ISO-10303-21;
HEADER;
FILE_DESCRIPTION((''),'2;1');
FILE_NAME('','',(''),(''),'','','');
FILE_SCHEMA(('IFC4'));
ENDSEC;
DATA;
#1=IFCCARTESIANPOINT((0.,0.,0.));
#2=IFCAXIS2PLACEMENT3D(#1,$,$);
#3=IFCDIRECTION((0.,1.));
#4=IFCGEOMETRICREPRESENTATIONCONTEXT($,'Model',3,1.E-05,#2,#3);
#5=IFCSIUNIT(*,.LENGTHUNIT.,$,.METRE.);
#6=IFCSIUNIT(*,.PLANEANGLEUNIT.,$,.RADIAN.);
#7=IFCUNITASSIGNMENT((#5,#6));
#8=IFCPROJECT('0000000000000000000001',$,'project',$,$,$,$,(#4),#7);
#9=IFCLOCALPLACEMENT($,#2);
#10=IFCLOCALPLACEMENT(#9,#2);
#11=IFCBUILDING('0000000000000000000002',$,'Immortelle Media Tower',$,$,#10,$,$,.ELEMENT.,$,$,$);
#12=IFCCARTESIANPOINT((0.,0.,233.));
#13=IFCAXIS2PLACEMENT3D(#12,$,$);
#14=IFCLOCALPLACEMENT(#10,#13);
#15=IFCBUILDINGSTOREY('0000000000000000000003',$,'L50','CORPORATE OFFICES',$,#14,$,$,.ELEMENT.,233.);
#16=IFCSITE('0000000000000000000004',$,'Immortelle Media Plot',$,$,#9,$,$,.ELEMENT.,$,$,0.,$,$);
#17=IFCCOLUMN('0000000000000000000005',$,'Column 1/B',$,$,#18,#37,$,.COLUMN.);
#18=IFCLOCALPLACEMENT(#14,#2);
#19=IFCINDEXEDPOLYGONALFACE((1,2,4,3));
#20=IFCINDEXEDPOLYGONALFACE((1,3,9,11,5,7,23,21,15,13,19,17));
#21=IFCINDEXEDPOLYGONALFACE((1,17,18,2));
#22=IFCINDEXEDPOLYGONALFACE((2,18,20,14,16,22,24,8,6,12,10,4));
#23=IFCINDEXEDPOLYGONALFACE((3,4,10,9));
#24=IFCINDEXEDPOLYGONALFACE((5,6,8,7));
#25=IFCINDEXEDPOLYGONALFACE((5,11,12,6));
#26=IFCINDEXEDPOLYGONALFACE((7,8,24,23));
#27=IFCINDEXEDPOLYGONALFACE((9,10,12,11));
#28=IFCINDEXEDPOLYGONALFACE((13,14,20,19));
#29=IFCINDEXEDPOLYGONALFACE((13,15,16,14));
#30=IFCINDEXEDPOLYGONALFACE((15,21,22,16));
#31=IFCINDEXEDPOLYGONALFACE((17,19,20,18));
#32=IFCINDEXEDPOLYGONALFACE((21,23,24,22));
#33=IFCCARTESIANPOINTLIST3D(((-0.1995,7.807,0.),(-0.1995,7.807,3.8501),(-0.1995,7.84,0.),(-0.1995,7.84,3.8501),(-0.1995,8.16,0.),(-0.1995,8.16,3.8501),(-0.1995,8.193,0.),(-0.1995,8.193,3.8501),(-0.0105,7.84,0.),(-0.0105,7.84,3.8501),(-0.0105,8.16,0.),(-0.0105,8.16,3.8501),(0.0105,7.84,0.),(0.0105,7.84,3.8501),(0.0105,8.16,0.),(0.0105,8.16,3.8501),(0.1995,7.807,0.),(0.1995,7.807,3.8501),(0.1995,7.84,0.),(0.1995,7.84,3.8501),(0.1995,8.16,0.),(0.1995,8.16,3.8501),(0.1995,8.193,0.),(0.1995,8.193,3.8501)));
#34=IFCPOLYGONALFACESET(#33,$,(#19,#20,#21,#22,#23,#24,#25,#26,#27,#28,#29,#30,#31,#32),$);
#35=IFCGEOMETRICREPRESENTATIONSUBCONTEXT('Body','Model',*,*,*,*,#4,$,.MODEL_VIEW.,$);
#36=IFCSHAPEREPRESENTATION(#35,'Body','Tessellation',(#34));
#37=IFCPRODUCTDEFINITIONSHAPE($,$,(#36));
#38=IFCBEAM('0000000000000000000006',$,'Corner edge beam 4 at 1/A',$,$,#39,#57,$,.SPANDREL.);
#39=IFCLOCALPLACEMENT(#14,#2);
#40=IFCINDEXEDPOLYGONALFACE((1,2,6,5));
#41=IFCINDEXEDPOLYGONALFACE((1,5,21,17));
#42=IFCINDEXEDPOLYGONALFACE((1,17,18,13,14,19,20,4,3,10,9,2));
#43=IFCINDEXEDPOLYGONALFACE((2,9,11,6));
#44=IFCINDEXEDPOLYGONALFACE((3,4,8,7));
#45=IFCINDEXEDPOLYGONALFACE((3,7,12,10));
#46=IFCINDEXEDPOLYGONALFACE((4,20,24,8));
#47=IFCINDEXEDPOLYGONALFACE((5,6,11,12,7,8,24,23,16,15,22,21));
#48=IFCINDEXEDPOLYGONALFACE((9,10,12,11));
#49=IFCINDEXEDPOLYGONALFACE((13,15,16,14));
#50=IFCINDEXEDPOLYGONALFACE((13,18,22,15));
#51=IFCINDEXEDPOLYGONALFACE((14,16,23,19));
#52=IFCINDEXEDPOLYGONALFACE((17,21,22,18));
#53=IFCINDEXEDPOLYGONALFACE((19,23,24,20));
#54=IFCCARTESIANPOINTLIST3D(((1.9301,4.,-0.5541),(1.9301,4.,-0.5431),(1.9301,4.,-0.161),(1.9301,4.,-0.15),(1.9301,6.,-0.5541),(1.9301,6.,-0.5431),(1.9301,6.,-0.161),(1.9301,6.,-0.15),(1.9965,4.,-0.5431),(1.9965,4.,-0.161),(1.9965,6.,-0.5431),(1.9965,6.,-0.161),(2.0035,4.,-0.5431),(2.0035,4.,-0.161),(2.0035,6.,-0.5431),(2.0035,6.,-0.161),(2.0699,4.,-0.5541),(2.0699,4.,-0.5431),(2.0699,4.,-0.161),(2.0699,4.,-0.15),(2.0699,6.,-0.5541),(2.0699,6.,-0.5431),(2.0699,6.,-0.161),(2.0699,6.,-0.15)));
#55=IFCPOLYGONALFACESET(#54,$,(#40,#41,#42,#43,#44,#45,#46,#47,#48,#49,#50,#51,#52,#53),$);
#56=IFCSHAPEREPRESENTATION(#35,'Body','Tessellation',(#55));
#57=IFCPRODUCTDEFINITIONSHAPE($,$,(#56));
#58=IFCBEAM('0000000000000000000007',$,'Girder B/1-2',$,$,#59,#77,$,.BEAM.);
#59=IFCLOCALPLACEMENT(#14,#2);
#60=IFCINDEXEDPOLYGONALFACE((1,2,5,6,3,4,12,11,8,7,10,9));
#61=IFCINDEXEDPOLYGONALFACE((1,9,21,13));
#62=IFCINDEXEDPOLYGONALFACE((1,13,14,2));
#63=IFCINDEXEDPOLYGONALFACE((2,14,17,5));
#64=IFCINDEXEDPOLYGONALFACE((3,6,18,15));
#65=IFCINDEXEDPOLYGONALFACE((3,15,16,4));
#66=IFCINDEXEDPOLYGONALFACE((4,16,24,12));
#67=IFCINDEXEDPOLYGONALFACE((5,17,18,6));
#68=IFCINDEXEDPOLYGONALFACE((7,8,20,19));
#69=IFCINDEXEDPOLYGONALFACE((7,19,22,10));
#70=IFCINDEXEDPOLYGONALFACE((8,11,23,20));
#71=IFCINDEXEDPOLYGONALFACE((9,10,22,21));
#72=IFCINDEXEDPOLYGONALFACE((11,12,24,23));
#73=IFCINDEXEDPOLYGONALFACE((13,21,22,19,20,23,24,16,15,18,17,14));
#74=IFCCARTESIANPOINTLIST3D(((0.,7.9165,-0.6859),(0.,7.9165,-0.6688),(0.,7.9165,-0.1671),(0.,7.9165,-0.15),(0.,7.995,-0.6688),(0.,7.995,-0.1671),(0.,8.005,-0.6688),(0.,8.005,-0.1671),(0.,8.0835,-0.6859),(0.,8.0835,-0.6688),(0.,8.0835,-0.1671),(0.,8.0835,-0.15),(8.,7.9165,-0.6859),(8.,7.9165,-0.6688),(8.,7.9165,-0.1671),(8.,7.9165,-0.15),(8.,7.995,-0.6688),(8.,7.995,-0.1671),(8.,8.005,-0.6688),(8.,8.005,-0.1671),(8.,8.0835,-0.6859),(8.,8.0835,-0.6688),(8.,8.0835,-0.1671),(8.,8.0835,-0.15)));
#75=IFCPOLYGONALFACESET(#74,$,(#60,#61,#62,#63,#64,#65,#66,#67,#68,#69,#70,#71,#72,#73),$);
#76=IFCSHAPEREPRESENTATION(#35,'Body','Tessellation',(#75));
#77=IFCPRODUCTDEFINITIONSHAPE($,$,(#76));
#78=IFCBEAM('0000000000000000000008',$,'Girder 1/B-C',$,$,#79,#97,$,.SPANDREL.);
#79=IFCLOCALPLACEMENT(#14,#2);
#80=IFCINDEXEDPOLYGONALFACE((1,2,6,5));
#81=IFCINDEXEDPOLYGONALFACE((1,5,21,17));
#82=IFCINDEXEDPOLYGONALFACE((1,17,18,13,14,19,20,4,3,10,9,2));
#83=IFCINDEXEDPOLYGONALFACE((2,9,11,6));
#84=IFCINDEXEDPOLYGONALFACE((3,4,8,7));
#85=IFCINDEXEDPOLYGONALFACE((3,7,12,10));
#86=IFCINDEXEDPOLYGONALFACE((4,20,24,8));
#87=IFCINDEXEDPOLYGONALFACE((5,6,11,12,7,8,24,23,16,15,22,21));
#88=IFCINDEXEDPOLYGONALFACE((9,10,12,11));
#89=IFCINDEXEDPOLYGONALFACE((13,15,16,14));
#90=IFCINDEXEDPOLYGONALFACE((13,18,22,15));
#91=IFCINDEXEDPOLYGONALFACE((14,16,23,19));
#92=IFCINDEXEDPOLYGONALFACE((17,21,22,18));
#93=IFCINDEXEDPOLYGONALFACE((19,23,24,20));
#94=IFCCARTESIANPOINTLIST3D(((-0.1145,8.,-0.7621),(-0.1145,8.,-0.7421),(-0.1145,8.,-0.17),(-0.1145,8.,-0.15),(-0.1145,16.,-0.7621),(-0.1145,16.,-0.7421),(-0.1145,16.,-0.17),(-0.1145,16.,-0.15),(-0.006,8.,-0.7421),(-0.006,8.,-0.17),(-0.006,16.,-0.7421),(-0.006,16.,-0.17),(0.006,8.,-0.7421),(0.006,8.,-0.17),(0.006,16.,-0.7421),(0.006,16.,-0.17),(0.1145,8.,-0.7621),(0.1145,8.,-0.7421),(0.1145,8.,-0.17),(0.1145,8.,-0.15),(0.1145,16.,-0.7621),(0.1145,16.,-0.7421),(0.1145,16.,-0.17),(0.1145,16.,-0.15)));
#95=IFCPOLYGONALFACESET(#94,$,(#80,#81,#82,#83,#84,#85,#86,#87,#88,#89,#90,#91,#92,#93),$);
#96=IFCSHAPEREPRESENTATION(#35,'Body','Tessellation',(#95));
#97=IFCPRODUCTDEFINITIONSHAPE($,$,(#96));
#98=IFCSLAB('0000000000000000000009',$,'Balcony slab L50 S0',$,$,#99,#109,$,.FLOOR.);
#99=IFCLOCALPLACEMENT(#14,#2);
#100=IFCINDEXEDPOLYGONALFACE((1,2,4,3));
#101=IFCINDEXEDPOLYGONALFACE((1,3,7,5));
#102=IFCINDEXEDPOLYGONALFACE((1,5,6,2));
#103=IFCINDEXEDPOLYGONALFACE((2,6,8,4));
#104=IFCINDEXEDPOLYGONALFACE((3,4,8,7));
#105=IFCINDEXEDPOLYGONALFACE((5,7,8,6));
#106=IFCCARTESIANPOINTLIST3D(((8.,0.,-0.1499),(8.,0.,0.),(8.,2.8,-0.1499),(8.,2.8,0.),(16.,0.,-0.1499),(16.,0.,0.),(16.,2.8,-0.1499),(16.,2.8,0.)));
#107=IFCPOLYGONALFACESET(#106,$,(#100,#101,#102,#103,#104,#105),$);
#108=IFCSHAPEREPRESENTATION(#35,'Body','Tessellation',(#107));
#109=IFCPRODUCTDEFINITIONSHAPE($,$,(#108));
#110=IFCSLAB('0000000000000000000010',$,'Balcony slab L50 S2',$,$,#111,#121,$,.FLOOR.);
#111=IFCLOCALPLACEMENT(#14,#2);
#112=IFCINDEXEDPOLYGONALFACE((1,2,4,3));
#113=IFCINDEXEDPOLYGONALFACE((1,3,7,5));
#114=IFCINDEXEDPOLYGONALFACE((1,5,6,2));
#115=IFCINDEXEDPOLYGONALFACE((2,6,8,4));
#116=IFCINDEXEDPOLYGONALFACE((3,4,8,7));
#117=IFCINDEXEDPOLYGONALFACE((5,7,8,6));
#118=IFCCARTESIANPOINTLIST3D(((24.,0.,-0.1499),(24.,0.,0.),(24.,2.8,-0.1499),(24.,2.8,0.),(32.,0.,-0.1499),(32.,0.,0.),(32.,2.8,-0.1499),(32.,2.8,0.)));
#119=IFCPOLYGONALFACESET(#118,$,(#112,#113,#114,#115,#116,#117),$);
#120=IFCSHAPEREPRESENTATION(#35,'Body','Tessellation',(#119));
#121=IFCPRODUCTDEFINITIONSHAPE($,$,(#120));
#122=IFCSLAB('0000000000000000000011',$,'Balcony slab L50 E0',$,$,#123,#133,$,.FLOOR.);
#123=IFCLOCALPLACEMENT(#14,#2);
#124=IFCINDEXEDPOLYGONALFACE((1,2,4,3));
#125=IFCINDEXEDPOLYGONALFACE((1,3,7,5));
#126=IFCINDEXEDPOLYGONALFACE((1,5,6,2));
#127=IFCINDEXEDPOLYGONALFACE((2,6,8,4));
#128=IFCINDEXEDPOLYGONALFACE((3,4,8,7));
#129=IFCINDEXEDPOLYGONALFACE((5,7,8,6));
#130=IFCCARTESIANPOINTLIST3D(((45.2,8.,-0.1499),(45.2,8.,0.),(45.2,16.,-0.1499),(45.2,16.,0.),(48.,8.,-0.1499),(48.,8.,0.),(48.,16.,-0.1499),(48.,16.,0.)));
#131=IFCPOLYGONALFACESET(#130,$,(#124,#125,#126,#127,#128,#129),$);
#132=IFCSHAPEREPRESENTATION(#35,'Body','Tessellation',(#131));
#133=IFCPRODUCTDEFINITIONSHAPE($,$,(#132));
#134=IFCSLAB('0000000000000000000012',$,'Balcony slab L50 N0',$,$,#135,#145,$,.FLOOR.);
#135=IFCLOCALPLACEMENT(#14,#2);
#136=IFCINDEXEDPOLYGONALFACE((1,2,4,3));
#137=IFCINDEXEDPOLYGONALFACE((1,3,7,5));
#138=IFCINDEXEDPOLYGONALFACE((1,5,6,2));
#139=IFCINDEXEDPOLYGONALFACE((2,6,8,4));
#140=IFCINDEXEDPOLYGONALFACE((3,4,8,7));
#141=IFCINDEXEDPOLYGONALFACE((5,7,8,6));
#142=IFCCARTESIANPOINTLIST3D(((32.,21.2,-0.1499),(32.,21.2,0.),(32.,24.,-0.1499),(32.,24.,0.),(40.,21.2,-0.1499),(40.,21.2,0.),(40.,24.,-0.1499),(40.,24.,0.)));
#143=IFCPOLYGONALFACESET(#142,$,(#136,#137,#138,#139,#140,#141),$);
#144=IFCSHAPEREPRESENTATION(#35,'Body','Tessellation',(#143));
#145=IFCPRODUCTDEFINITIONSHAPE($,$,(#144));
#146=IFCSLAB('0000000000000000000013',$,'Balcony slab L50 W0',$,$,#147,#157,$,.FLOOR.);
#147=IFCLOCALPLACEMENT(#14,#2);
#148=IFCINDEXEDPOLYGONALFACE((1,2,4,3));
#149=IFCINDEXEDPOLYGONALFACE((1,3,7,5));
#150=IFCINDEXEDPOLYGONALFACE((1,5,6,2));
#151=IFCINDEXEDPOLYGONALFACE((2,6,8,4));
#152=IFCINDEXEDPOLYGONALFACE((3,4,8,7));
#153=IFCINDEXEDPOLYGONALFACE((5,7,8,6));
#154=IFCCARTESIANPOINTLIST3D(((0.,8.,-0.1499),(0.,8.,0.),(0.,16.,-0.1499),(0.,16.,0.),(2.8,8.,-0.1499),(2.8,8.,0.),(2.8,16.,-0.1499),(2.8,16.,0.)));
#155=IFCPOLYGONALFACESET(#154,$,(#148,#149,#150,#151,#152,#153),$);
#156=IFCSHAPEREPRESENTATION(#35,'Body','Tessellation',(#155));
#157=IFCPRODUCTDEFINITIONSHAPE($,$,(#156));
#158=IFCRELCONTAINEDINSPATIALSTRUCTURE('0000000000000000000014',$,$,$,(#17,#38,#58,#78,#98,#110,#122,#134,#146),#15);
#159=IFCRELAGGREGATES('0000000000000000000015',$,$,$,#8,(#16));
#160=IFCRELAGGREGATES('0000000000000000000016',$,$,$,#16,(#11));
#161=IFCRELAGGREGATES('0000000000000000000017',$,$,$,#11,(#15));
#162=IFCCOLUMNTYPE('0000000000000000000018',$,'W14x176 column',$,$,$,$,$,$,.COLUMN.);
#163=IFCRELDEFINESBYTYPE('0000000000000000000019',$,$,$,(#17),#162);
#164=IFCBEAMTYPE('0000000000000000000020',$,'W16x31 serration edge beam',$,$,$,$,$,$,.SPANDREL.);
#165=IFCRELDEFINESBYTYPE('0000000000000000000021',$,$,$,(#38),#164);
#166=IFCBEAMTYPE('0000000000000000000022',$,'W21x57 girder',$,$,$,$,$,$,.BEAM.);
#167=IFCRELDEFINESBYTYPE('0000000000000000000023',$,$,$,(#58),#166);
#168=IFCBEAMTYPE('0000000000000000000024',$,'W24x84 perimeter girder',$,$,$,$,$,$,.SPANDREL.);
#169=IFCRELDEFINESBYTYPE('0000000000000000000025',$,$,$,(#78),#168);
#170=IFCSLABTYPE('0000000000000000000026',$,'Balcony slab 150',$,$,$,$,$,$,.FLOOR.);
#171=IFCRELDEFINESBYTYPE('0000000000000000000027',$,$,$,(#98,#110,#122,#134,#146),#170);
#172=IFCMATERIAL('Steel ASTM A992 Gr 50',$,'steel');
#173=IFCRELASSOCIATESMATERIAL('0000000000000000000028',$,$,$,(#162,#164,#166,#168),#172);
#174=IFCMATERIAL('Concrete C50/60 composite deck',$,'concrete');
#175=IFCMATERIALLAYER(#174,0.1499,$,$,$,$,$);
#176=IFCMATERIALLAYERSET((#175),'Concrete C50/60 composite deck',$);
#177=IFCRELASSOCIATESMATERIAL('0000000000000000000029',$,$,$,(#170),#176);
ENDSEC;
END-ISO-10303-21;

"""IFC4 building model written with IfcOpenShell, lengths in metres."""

from ifc_helpers import new_model, si_unit, direction, frame, origin, origin_2d, place, context, subcontext, project, spatial, polyline, i_section, outline, extrude, material, layer, layer_set, material_profile, profile_set, type_object, element, save


model = new_model("IFC4")

# Units and contexts
model_context = context("Model", 3, precision=1e-05, world=origin(), true_north=direction((0.0, 1.0)))
body_context = subcontext(model_context, "Body", "Model", "MODEL_VIEW")
ifc_project = project(units=[si_unit("LENGTHUNIT", "METRE"), si_unit("PLANEANGLEUNIT", "RADIAN")], contexts=[model_context])

# Site, building, storey
site_placement = place(None, origin())
site = spatial("IfcSite", under=ifc_project, at=site_placement, Name="Immortelle Media Plot", CompositionType="ELEMENT", RefElevation=0.0)
building_placement = place(site_placement, origin())
building = spatial("IfcBuilding", under=site, at=building_placement, Name="Immortelle Media Tower", CompositionType="ELEMENT")
storey_placement = place(building_placement, frame((0.0, 0.0, 233.0)))
storey = spatial("IfcBuildingStorey", under=building, at=storey_placement, Name="L50", Description="CORPORATE OFFICES", CompositionType="ELEMENT", Elevation=233.0)

# Column
ifc_material_1 = material(Name="Steel ASTM A992 Gr 50", Category="steel")
ifc_material_profile_1 = material_profile(ifc_material_1, i_section(OverallWidth=0.3989, OverallDepth=0.386, WebThickness=0.021, FlangeThickness=0.033, at=origin_2d()), Name="W14x176")
ifc_profile_set_1 = profile_set([ifc_material_profile_1], Name="Steel ASTM A992 Gr 50")
column_type = type_object("IfcColumnType", Name="W14x176 column", PredefinedType="COLUMN", material=ifc_profile_set_1)
column_placement = place(storey_placement, frame((0.0, 8.0, 0.0), z_axis=(0.0, 0.0, 1.0), x_axis=(1.0, 0.0, 0.0)))
element("IfcColumn", 1, at=column_placement, inside=storey, type_object=column_type, Name="Column 1/B", PredefinedType="COLUMN", context=body_context, shape_type="SweptSolid", body=[
    extrude(i_section(OverallWidth=0.3989, OverallDepth=0.386, WebThickness=0.021, FlangeThickness=0.033, at=origin_2d()), origin(), (0.0, 0.0, 1.0), 3.8501),
])

# Beams
ifc_material_profile_2 = material_profile(ifc_material_1, i_section(OverallWidth=0.1399, OverallDepth=0.4041, WebThickness=0.0071, FlangeThickness=0.011, at=origin_2d()), Name="W16x31")
ifc_profile_set_2 = profile_set([ifc_material_profile_2], Name="Steel ASTM A992 Gr 50")
beam_type_1 = type_object("IfcBeamType", Name="W16x31 serration edge beam", PredefinedType="SPANDREL", material=ifc_profile_set_2)
beam_1_placement = place(storey_placement, frame((2.0, 4.0, -0.3521), z_axis=(0.0, 1.0, 0.0), x_axis=(-1.0, 0.0, 0.0)))
element("IfcBeam", 2, at=beam_1_placement, inside=storey, type_object=beam_type_1, Name="Corner edge beam 4 at 1/A", PredefinedType="SPANDREL", context=body_context, shape_type="SweptSolid", body=[
    extrude(i_section(OverallWidth=0.1399, OverallDepth=0.4041, WebThickness=0.0071, FlangeThickness=0.011, at=origin_2d()), origin(), (0.0, 0.0, 1.0), 2.0),
])
ifc_material_profile_3 = material_profile(ifc_material_1, i_section(OverallWidth=0.167, OverallDepth=0.5359, WebThickness=0.01, FlangeThickness=0.0171, at=origin_2d()), Name="W21x57")
ifc_profile_set_3 = profile_set([ifc_material_profile_3], Name="Steel ASTM A992 Gr 50")
beam_type_2 = type_object("IfcBeamType", Name="W21x57 girder", PredefinedType="BEAM", material=ifc_profile_set_3)
beam_2_placement = place(storey_placement, frame((0.0, 8.0, -0.418), z_axis=(1.0, 0.0, 0.0), x_axis=(0.0, 1.0, 0.0)))
element("IfcBeam", 3, at=beam_2_placement, inside=storey, type_object=beam_type_2, Name="Girder B/1-2", PredefinedType="BEAM", context=body_context, shape_type="SweptSolid", body=[
    extrude(i_section(OverallWidth=0.167, OverallDepth=0.5359, WebThickness=0.01, FlangeThickness=0.0171, at=origin_2d()), origin(), (0.0, 0.0, 1.0), 8.0),
])
ifc_material_profile_4 = material_profile(ifc_material_1, i_section(OverallWidth=0.229, OverallDepth=0.6121, WebThickness=0.012, FlangeThickness=0.02, at=origin_2d()), Name="W24x84")
ifc_profile_set_4 = profile_set([ifc_material_profile_4], Name="Steel ASTM A992 Gr 50")
beam_type_3 = type_object("IfcBeamType", Name="W24x84 perimeter girder", PredefinedType="SPANDREL", material=ifc_profile_set_4)
beam_3_placement = place(storey_placement, frame((0.0, 8.0, -0.4561), z_axis=(0.0, 1.0, 0.0), x_axis=(-1.0, 0.0, 0.0)))
element("IfcBeam", 4, at=beam_3_placement, inside=storey, type_object=beam_type_3, Name="Girder 1/B-C", PredefinedType="SPANDREL", context=body_context, shape_type="SweptSolid", body=[
    extrude(i_section(OverallWidth=0.229, OverallDepth=0.6121, WebThickness=0.012, FlangeThickness=0.02, at=origin_2d()), origin(), (0.0, 0.0, 1.0), 8.0),
])

# Slabs
ifc_material_2 = material(Name="Concrete C50/60 composite deck", Category="concrete")
ifc_layer_1 = layer(ifc_material_2, 0.1499)
ifc_layer_set_1 = layer_set([ifc_layer_1], Name="Concrete C50/60 composite deck")
slab_type_1 = type_object("IfcSlabType", Name="Balcony slab 150", PredefinedType="FLOOR", material=ifc_layer_set_1)
slab_1_placement = place(storey_placement, frame((0.0, 0.0, -0.1499)))
element("IfcSlab", 5, at=slab_1_placement, inside=storey, type_object=slab_type_1, Name="Balcony slab L50 S0", PredefinedType="FLOOR", context=body_context, shape_type="SweptSolid", body=[
    extrude(outline(polyline([(16.0, 0.0), (16.0, 2.8), (8.0, 2.8), (8.0, 0.0), (16.0, 0.0)])), origin(), (0.0, 0.0, 1.0), 0.1499),
])
slab_2_placement = place(storey_placement, frame((0.0, 0.0, -0.1499)))
element("IfcSlab", 6, at=slab_2_placement, inside=storey, type_object=slab_type_1, Name="Balcony slab L50 S2", PredefinedType="FLOOR", context=body_context, shape_type="SweptSolid", body=[
    extrude(outline(polyline([(32.0, 0.0), (32.0, 2.8), (24.0, 2.8), (24.0, 0.0), (32.0, 0.0)])), origin(), (0.0, 0.0, 1.0), 0.1499),
])
slab_3_placement = place(storey_placement, frame((0.0, 0.0, -0.1499)))
element("IfcSlab", 7, at=slab_3_placement, inside=storey, type_object=slab_type_1, Name="Balcony slab L50 E0", PredefinedType="FLOOR", context=body_context, shape_type="SweptSolid", body=[
    extrude(outline(polyline([(48.0, 8.0), (48.0, 16.0), (45.2, 16.0), (45.2, 8.0), (48.0, 8.0)])), origin(), (0.0, 0.0, 1.0), 0.1499),
])
slab_4_placement = place(storey_placement, frame((0.0, 0.0, -0.1499)))
element("IfcSlab", 8, at=slab_4_placement, inside=storey, type_object=slab_type_1, Name="Balcony slab L50 N0", PredefinedType="FLOOR", context=body_context, shape_type="SweptSolid", body=[
    extrude(outline(polyline([(40.0, 21.2), (40.0, 24.0), (32.0, 24.0), (32.0, 21.2), (40.0, 21.2)])), origin(), (0.0, 0.0, 1.0), 0.1499),
])
slab_5_placement = place(storey_placement, frame((0.0, 0.0, -0.1499)))
element("IfcSlab", 9, at=slab_5_placement, inside=storey, type_object=slab_type_1, Name="Balcony slab L50 W0", PredefinedType="FLOOR", context=body_context, shape_type="SweptSolid", body=[
    extrude(outline(polyline([(2.8, 8.0), (2.8, 16.0), (0.0, 16.0), (0.0, 8.0), (2.8, 8.0)])), origin(), (0.0, 0.0, 1.0), 0.1499),
])

save(model, "model.ifc")
